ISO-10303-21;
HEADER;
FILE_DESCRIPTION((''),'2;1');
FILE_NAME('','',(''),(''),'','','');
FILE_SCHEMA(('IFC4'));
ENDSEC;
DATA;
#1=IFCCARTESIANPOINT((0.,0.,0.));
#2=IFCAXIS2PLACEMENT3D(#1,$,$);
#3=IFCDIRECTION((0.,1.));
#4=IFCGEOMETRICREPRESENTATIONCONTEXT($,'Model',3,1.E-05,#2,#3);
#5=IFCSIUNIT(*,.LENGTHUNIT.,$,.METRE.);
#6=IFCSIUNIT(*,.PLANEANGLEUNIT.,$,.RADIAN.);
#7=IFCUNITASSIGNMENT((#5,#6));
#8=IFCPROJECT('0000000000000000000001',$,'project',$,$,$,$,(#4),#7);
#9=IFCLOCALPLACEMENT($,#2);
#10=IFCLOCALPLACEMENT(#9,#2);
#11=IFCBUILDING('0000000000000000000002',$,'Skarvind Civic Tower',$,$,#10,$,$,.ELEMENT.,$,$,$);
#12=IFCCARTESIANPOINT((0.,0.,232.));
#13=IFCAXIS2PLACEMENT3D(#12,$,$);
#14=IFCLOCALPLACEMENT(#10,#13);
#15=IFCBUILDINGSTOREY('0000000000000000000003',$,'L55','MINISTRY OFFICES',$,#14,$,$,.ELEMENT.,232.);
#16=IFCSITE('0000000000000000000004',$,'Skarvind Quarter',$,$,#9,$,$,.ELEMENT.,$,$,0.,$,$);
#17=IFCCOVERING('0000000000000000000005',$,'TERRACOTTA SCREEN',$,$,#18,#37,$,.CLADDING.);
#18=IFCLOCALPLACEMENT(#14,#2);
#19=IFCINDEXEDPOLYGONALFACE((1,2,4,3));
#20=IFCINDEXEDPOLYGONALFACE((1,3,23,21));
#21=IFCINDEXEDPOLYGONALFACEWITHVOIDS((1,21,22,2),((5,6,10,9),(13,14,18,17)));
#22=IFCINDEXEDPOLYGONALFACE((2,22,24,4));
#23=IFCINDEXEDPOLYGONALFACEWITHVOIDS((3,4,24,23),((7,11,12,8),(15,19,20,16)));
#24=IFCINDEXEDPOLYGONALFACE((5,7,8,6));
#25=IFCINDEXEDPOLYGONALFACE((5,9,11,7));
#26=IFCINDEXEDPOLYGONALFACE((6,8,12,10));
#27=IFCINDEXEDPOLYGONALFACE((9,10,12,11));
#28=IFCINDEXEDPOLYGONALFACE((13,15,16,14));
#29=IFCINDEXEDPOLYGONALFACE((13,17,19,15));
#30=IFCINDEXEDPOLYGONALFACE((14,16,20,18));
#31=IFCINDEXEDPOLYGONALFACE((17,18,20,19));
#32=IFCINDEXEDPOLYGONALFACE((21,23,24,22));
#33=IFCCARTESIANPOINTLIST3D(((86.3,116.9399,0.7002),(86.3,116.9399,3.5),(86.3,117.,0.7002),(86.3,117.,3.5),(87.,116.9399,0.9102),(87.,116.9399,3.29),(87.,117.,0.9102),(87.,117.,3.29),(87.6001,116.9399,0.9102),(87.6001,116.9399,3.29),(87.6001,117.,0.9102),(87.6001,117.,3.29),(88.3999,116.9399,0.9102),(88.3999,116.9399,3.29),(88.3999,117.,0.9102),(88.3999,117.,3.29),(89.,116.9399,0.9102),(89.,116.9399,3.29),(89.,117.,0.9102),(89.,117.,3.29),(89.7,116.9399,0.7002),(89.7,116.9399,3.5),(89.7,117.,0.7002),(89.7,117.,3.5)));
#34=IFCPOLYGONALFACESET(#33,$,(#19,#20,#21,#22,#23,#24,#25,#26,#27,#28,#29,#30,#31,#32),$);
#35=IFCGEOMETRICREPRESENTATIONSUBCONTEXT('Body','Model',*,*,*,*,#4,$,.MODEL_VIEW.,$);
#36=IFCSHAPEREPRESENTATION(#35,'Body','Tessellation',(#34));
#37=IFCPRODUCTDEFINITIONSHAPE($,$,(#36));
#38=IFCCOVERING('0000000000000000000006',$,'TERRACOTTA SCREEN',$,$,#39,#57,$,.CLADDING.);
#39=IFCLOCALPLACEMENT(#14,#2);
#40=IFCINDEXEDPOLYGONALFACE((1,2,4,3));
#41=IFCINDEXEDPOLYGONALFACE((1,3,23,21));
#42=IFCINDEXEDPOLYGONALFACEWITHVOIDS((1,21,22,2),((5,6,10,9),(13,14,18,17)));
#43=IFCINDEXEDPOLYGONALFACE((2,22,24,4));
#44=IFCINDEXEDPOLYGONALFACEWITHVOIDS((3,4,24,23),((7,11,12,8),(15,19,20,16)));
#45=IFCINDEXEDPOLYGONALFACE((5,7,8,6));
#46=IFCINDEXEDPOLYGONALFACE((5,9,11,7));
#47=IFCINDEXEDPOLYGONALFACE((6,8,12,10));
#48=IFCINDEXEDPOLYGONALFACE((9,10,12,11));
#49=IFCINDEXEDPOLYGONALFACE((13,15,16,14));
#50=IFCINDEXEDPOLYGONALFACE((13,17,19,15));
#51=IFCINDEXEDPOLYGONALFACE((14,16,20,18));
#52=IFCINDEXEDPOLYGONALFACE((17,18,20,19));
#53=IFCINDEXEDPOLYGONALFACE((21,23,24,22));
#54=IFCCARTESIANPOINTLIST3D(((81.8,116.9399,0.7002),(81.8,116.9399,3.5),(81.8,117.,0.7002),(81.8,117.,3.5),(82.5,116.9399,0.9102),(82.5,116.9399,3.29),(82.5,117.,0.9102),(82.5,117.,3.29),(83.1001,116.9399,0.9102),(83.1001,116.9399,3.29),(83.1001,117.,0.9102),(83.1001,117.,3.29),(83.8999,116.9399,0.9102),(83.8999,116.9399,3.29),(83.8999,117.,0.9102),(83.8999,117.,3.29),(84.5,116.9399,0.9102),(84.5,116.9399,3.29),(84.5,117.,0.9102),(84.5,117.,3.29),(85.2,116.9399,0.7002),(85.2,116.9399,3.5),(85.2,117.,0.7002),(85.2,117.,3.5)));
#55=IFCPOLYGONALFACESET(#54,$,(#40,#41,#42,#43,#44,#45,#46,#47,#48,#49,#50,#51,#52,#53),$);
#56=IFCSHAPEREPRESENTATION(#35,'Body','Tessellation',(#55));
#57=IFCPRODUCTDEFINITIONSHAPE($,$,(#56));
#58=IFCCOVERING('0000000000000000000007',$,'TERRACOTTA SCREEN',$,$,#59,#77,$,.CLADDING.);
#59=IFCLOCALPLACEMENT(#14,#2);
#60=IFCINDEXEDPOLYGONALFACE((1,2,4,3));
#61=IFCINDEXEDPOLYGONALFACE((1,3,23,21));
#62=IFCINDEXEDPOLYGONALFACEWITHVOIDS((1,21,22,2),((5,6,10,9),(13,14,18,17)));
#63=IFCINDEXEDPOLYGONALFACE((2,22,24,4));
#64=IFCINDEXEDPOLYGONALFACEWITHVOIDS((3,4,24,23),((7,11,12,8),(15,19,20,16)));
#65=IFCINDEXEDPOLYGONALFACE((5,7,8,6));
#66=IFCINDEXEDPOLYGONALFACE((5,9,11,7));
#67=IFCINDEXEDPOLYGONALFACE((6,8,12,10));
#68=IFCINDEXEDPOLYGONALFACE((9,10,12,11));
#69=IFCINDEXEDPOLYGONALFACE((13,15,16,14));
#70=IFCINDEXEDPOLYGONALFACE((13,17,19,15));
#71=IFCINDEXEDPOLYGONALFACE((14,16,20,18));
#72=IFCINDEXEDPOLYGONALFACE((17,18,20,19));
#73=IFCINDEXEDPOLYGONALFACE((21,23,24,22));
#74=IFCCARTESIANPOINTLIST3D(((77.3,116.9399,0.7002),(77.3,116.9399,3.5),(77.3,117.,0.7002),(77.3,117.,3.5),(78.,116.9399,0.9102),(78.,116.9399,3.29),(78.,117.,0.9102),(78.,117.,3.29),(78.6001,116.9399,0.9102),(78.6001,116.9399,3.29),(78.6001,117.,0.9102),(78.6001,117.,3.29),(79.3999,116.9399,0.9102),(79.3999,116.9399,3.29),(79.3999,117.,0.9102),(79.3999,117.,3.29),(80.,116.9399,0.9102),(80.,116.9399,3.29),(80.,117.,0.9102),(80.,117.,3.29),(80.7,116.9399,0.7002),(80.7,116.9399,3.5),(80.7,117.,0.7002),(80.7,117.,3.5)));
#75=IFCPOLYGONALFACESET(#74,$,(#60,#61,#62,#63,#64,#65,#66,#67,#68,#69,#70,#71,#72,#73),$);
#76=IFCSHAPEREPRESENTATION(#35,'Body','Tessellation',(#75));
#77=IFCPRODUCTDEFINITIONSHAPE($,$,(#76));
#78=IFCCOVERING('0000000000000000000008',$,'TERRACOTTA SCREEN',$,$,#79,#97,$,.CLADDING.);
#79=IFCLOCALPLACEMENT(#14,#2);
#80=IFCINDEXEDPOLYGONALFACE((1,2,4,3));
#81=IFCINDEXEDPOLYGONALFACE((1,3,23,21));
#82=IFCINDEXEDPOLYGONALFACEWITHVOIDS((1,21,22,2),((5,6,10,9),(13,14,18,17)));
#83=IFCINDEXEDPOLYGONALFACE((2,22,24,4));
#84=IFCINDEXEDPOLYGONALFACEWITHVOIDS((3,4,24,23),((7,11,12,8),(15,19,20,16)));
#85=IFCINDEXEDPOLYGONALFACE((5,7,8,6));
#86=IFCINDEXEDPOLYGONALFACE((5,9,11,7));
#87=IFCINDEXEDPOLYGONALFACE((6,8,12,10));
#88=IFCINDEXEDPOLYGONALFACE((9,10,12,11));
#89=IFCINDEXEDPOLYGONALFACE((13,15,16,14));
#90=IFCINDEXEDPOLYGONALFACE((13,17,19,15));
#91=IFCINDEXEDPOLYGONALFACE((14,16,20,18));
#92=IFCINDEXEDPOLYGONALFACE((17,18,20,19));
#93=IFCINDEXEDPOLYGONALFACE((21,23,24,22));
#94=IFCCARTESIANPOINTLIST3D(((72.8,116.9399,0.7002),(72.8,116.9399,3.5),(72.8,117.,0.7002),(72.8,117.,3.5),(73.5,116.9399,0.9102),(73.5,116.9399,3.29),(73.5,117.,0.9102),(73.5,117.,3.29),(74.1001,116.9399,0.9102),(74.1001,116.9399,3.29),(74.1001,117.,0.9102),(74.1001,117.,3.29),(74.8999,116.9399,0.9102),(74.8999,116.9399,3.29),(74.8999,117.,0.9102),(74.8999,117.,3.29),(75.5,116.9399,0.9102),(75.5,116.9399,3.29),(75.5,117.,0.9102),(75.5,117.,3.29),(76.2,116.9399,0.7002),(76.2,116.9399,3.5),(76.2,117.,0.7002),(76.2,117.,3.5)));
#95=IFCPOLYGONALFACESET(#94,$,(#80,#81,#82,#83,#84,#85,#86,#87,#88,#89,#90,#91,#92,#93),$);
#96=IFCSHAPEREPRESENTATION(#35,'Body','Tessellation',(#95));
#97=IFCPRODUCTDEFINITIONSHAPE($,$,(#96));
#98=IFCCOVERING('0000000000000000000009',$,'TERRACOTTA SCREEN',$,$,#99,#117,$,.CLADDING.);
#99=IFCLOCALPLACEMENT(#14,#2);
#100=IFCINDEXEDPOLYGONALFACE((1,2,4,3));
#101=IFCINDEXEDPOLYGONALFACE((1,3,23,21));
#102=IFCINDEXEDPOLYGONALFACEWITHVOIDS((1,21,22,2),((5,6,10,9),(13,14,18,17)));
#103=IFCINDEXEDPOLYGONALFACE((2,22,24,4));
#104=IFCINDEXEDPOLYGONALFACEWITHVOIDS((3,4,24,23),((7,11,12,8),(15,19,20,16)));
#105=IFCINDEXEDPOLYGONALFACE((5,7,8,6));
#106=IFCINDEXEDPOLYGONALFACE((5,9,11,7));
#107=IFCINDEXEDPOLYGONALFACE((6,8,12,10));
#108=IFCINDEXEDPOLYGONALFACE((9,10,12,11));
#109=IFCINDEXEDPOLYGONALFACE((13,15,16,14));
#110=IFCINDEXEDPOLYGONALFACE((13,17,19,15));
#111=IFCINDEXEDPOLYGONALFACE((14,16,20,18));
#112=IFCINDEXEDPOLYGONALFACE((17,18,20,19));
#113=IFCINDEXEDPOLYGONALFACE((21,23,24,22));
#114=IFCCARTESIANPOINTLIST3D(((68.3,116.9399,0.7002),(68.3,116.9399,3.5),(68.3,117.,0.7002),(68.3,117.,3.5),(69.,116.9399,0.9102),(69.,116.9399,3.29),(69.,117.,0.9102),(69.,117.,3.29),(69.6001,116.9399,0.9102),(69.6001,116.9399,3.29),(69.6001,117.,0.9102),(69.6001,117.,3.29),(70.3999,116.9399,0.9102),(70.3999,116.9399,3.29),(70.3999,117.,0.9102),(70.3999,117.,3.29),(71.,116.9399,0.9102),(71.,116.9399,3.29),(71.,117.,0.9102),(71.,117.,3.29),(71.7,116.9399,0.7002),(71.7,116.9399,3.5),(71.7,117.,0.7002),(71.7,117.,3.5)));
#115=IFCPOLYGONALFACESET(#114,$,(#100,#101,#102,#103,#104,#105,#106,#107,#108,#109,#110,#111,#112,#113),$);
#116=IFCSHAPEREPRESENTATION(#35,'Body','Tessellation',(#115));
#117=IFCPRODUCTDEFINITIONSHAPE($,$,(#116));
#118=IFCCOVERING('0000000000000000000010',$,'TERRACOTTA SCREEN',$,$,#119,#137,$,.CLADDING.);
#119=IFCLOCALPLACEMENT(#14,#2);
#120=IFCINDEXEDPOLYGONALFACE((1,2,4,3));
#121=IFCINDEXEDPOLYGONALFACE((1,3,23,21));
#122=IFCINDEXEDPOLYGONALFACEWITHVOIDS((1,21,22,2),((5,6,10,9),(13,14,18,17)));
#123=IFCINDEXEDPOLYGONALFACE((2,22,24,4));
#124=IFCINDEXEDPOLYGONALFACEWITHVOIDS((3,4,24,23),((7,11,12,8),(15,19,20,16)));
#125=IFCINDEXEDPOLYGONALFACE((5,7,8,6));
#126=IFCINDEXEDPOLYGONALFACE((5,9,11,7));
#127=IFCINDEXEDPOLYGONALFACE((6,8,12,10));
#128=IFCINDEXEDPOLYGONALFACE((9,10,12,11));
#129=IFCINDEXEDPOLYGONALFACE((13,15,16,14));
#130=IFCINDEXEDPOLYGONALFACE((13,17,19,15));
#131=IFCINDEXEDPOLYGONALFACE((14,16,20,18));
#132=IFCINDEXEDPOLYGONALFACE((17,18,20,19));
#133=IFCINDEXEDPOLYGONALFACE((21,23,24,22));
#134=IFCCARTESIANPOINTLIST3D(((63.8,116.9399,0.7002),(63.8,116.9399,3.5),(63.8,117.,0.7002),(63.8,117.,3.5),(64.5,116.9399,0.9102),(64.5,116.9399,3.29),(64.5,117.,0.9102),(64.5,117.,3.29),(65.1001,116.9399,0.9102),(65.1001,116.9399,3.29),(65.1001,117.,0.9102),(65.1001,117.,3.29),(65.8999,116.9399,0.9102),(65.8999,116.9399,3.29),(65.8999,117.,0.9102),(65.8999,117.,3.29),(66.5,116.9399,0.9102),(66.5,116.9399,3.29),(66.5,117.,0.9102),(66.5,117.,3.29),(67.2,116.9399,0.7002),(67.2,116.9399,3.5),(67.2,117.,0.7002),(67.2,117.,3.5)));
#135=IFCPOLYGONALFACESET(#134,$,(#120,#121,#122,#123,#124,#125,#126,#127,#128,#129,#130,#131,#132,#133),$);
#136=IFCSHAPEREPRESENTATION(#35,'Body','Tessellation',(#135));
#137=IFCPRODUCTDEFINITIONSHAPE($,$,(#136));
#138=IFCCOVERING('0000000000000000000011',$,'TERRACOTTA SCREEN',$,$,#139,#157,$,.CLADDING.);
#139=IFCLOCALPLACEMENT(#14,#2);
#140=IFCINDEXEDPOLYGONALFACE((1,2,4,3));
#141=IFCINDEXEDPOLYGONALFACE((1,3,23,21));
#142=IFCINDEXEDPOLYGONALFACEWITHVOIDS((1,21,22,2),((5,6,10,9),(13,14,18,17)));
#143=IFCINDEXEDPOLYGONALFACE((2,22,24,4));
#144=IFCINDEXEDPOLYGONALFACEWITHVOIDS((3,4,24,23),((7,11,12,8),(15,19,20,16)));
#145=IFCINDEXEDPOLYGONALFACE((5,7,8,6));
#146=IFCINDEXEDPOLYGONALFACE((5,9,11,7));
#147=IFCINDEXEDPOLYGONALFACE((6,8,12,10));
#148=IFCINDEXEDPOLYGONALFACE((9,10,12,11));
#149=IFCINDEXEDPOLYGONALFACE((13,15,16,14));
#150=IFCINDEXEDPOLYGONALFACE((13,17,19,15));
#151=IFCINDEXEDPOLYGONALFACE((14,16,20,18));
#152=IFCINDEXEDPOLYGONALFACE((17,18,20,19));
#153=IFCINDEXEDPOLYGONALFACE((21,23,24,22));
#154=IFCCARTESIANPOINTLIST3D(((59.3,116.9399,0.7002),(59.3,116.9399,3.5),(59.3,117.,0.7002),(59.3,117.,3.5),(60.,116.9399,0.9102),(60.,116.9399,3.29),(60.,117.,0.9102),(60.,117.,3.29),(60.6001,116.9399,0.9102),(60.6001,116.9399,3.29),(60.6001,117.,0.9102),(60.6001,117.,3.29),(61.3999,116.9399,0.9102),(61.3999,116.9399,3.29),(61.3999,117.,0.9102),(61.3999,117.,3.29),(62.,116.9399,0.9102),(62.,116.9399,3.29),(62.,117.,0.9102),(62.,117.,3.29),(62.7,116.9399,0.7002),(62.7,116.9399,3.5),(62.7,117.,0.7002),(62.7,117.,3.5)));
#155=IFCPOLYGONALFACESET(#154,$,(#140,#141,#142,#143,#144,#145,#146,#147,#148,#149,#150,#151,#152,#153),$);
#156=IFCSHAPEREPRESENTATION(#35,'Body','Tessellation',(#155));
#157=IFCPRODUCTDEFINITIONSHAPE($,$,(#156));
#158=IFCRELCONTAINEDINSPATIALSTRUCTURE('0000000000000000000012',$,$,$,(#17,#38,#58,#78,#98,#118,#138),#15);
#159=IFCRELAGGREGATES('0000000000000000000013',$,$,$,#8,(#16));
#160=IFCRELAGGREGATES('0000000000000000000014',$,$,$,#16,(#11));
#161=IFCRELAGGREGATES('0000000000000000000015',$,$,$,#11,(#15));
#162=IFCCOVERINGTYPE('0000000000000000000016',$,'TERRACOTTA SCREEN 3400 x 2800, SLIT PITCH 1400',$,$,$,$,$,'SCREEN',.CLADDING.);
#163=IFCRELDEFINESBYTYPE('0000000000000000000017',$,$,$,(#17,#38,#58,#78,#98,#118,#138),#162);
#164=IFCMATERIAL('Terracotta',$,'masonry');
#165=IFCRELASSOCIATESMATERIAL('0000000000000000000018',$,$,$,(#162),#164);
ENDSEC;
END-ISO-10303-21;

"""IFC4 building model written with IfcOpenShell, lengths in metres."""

from ifc_helpers import new_model, si_unit, direction, frame, origin, place, context, subcontext, project, spatial, polyline, outline, extrude, material, material_profile, profile_set, type_object, element, save


model = new_model("IFC4")

# Units and contexts
model_context = context("Model", 3, precision=1e-05, world=origin(), true_north=direction((0.0, 1.0)))
body_context = subcontext(model_context, "Body", "Model", "MODEL_VIEW")
ifc_project = project(units=[si_unit("LENGTHUNIT", "METRE"), si_unit("PLANEANGLEUNIT", "RADIAN")], contexts=[model_context])

# Site, building, storey
site_placement = place(None, origin())
site = spatial("IfcSite", under=ifc_project, at=site_placement, Name="Skarvind Quarter", CompositionType="ELEMENT", RefElevation=0.0)
building_placement = place(site_placement, origin())
building = spatial("IfcBuilding", under=site, at=building_placement, Name="Skarvind Civic Tower", CompositionType="ELEMENT")
storey_placement = place(building_placement, frame((0.0, 0.0, 232.0)))
storey = spatial("IfcBuildingStorey", under=building, at=storey_placement, Name="L55", Description="MINISTRY OFFICES", CompositionType="ELEMENT", Elevation=232.0)

# Coverings
ifc_material_1 = material(Name="Terracotta", Category="masonry")
ifc_material_profile_1 = material_profile(ifc_material_1, outline(polyline([(-1.7, -1.3999), (1.7, -1.3999), (1.7, 1.3999), (-1.7, 1.3999), (-1.7, -1.3999)]), holes=[polyline([(-1.0, -1.1899), (-0.3999, -1.1899), (-0.3999, 1.1899), (-1.0, 1.1899), (-1.0, -1.1899)]), polyline([(0.3999, -1.1899), (1.0, -1.1899), (1.0, 1.1899), (0.3999, 1.1899), (0.3999, -1.1899)])]), Name="TERRACOTTA SCREEN 3400 x 2800, SLIT PITCH 1400")
ifc_profile_set_1 = profile_set([ifc_material_profile_1], Name="Terracotta")
covering_type = type_object("IfcCoveringType", Name="TERRACOTTA SCREEN 3400 x 2800, SLIT PITCH 1400", ElementType="SCREEN", PredefinedType="CLADDING", material=ifc_profile_set_1)
for number, where, z_axis, x_axis, name in (
    (1, (88.0, 117.0, 2.1001), (0.0, -1.0, 0.0), (1.0, 0.0, 0.0), "TERRACOTTA SCREEN"),
    (2, (83.5, 117.0, 2.1001), (0.0, -1.0, 0.0), (1.0, 0.0, 0.0), "TERRACOTTA SCREEN"),
    (3, (79.0, 117.0, 2.1001), (0.0, -1.0, 0.0), (1.0, 0.0, 0.0), "TERRACOTTA SCREEN"),
    (4, (74.5, 117.0, 2.1001), (0.0, -1.0, 0.0), (1.0, 0.0, 0.0), "TERRACOTTA SCREEN"),
    (5, (70.0, 117.0, 2.1001), (0.0, -1.0, 0.0), (1.0, 0.0, 0.0), "TERRACOTTA SCREEN"),
    (6, (65.5, 117.0, 2.1001), (0.0, -1.0, 0.0), (1.0, 0.0, 0.0), "TERRACOTTA SCREEN"),
    (7, (61.0, 117.0, 2.1001), (0.0, -1.0, 0.0), (1.0, 0.0, 0.0), "TERRACOTTA SCREEN"),
):
    element("IfcCovering", number, at=place(storey_placement, frame(where, z_axis=z_axis, x_axis=x_axis)), inside=storey, type_object=covering_type, Name=name, PredefinedType="CLADDING", context=body_context, shape_type="SweptSolid", body=[
        extrude(outline(polyline([(-1.7, -1.3999), (1.7, -1.3999), (1.7, 1.3999), (-1.7, 1.3999), (-1.7, -1.3999)]), holes=[polyline([(-1.0, -1.1899), (-0.3999, -1.1899), (-0.3999, 1.1899), (-1.0, 1.1899), (-1.0, -1.1899)]), polyline([(0.3999, -1.1899), (1.0, -1.1899), (1.0, 1.1899), (0.3999, 1.1899), (0.3999, -1.1899)])]), origin(), (0.0, 0.0, 1.0), 0.0601),
    ])

save(model, "model.ifc")
